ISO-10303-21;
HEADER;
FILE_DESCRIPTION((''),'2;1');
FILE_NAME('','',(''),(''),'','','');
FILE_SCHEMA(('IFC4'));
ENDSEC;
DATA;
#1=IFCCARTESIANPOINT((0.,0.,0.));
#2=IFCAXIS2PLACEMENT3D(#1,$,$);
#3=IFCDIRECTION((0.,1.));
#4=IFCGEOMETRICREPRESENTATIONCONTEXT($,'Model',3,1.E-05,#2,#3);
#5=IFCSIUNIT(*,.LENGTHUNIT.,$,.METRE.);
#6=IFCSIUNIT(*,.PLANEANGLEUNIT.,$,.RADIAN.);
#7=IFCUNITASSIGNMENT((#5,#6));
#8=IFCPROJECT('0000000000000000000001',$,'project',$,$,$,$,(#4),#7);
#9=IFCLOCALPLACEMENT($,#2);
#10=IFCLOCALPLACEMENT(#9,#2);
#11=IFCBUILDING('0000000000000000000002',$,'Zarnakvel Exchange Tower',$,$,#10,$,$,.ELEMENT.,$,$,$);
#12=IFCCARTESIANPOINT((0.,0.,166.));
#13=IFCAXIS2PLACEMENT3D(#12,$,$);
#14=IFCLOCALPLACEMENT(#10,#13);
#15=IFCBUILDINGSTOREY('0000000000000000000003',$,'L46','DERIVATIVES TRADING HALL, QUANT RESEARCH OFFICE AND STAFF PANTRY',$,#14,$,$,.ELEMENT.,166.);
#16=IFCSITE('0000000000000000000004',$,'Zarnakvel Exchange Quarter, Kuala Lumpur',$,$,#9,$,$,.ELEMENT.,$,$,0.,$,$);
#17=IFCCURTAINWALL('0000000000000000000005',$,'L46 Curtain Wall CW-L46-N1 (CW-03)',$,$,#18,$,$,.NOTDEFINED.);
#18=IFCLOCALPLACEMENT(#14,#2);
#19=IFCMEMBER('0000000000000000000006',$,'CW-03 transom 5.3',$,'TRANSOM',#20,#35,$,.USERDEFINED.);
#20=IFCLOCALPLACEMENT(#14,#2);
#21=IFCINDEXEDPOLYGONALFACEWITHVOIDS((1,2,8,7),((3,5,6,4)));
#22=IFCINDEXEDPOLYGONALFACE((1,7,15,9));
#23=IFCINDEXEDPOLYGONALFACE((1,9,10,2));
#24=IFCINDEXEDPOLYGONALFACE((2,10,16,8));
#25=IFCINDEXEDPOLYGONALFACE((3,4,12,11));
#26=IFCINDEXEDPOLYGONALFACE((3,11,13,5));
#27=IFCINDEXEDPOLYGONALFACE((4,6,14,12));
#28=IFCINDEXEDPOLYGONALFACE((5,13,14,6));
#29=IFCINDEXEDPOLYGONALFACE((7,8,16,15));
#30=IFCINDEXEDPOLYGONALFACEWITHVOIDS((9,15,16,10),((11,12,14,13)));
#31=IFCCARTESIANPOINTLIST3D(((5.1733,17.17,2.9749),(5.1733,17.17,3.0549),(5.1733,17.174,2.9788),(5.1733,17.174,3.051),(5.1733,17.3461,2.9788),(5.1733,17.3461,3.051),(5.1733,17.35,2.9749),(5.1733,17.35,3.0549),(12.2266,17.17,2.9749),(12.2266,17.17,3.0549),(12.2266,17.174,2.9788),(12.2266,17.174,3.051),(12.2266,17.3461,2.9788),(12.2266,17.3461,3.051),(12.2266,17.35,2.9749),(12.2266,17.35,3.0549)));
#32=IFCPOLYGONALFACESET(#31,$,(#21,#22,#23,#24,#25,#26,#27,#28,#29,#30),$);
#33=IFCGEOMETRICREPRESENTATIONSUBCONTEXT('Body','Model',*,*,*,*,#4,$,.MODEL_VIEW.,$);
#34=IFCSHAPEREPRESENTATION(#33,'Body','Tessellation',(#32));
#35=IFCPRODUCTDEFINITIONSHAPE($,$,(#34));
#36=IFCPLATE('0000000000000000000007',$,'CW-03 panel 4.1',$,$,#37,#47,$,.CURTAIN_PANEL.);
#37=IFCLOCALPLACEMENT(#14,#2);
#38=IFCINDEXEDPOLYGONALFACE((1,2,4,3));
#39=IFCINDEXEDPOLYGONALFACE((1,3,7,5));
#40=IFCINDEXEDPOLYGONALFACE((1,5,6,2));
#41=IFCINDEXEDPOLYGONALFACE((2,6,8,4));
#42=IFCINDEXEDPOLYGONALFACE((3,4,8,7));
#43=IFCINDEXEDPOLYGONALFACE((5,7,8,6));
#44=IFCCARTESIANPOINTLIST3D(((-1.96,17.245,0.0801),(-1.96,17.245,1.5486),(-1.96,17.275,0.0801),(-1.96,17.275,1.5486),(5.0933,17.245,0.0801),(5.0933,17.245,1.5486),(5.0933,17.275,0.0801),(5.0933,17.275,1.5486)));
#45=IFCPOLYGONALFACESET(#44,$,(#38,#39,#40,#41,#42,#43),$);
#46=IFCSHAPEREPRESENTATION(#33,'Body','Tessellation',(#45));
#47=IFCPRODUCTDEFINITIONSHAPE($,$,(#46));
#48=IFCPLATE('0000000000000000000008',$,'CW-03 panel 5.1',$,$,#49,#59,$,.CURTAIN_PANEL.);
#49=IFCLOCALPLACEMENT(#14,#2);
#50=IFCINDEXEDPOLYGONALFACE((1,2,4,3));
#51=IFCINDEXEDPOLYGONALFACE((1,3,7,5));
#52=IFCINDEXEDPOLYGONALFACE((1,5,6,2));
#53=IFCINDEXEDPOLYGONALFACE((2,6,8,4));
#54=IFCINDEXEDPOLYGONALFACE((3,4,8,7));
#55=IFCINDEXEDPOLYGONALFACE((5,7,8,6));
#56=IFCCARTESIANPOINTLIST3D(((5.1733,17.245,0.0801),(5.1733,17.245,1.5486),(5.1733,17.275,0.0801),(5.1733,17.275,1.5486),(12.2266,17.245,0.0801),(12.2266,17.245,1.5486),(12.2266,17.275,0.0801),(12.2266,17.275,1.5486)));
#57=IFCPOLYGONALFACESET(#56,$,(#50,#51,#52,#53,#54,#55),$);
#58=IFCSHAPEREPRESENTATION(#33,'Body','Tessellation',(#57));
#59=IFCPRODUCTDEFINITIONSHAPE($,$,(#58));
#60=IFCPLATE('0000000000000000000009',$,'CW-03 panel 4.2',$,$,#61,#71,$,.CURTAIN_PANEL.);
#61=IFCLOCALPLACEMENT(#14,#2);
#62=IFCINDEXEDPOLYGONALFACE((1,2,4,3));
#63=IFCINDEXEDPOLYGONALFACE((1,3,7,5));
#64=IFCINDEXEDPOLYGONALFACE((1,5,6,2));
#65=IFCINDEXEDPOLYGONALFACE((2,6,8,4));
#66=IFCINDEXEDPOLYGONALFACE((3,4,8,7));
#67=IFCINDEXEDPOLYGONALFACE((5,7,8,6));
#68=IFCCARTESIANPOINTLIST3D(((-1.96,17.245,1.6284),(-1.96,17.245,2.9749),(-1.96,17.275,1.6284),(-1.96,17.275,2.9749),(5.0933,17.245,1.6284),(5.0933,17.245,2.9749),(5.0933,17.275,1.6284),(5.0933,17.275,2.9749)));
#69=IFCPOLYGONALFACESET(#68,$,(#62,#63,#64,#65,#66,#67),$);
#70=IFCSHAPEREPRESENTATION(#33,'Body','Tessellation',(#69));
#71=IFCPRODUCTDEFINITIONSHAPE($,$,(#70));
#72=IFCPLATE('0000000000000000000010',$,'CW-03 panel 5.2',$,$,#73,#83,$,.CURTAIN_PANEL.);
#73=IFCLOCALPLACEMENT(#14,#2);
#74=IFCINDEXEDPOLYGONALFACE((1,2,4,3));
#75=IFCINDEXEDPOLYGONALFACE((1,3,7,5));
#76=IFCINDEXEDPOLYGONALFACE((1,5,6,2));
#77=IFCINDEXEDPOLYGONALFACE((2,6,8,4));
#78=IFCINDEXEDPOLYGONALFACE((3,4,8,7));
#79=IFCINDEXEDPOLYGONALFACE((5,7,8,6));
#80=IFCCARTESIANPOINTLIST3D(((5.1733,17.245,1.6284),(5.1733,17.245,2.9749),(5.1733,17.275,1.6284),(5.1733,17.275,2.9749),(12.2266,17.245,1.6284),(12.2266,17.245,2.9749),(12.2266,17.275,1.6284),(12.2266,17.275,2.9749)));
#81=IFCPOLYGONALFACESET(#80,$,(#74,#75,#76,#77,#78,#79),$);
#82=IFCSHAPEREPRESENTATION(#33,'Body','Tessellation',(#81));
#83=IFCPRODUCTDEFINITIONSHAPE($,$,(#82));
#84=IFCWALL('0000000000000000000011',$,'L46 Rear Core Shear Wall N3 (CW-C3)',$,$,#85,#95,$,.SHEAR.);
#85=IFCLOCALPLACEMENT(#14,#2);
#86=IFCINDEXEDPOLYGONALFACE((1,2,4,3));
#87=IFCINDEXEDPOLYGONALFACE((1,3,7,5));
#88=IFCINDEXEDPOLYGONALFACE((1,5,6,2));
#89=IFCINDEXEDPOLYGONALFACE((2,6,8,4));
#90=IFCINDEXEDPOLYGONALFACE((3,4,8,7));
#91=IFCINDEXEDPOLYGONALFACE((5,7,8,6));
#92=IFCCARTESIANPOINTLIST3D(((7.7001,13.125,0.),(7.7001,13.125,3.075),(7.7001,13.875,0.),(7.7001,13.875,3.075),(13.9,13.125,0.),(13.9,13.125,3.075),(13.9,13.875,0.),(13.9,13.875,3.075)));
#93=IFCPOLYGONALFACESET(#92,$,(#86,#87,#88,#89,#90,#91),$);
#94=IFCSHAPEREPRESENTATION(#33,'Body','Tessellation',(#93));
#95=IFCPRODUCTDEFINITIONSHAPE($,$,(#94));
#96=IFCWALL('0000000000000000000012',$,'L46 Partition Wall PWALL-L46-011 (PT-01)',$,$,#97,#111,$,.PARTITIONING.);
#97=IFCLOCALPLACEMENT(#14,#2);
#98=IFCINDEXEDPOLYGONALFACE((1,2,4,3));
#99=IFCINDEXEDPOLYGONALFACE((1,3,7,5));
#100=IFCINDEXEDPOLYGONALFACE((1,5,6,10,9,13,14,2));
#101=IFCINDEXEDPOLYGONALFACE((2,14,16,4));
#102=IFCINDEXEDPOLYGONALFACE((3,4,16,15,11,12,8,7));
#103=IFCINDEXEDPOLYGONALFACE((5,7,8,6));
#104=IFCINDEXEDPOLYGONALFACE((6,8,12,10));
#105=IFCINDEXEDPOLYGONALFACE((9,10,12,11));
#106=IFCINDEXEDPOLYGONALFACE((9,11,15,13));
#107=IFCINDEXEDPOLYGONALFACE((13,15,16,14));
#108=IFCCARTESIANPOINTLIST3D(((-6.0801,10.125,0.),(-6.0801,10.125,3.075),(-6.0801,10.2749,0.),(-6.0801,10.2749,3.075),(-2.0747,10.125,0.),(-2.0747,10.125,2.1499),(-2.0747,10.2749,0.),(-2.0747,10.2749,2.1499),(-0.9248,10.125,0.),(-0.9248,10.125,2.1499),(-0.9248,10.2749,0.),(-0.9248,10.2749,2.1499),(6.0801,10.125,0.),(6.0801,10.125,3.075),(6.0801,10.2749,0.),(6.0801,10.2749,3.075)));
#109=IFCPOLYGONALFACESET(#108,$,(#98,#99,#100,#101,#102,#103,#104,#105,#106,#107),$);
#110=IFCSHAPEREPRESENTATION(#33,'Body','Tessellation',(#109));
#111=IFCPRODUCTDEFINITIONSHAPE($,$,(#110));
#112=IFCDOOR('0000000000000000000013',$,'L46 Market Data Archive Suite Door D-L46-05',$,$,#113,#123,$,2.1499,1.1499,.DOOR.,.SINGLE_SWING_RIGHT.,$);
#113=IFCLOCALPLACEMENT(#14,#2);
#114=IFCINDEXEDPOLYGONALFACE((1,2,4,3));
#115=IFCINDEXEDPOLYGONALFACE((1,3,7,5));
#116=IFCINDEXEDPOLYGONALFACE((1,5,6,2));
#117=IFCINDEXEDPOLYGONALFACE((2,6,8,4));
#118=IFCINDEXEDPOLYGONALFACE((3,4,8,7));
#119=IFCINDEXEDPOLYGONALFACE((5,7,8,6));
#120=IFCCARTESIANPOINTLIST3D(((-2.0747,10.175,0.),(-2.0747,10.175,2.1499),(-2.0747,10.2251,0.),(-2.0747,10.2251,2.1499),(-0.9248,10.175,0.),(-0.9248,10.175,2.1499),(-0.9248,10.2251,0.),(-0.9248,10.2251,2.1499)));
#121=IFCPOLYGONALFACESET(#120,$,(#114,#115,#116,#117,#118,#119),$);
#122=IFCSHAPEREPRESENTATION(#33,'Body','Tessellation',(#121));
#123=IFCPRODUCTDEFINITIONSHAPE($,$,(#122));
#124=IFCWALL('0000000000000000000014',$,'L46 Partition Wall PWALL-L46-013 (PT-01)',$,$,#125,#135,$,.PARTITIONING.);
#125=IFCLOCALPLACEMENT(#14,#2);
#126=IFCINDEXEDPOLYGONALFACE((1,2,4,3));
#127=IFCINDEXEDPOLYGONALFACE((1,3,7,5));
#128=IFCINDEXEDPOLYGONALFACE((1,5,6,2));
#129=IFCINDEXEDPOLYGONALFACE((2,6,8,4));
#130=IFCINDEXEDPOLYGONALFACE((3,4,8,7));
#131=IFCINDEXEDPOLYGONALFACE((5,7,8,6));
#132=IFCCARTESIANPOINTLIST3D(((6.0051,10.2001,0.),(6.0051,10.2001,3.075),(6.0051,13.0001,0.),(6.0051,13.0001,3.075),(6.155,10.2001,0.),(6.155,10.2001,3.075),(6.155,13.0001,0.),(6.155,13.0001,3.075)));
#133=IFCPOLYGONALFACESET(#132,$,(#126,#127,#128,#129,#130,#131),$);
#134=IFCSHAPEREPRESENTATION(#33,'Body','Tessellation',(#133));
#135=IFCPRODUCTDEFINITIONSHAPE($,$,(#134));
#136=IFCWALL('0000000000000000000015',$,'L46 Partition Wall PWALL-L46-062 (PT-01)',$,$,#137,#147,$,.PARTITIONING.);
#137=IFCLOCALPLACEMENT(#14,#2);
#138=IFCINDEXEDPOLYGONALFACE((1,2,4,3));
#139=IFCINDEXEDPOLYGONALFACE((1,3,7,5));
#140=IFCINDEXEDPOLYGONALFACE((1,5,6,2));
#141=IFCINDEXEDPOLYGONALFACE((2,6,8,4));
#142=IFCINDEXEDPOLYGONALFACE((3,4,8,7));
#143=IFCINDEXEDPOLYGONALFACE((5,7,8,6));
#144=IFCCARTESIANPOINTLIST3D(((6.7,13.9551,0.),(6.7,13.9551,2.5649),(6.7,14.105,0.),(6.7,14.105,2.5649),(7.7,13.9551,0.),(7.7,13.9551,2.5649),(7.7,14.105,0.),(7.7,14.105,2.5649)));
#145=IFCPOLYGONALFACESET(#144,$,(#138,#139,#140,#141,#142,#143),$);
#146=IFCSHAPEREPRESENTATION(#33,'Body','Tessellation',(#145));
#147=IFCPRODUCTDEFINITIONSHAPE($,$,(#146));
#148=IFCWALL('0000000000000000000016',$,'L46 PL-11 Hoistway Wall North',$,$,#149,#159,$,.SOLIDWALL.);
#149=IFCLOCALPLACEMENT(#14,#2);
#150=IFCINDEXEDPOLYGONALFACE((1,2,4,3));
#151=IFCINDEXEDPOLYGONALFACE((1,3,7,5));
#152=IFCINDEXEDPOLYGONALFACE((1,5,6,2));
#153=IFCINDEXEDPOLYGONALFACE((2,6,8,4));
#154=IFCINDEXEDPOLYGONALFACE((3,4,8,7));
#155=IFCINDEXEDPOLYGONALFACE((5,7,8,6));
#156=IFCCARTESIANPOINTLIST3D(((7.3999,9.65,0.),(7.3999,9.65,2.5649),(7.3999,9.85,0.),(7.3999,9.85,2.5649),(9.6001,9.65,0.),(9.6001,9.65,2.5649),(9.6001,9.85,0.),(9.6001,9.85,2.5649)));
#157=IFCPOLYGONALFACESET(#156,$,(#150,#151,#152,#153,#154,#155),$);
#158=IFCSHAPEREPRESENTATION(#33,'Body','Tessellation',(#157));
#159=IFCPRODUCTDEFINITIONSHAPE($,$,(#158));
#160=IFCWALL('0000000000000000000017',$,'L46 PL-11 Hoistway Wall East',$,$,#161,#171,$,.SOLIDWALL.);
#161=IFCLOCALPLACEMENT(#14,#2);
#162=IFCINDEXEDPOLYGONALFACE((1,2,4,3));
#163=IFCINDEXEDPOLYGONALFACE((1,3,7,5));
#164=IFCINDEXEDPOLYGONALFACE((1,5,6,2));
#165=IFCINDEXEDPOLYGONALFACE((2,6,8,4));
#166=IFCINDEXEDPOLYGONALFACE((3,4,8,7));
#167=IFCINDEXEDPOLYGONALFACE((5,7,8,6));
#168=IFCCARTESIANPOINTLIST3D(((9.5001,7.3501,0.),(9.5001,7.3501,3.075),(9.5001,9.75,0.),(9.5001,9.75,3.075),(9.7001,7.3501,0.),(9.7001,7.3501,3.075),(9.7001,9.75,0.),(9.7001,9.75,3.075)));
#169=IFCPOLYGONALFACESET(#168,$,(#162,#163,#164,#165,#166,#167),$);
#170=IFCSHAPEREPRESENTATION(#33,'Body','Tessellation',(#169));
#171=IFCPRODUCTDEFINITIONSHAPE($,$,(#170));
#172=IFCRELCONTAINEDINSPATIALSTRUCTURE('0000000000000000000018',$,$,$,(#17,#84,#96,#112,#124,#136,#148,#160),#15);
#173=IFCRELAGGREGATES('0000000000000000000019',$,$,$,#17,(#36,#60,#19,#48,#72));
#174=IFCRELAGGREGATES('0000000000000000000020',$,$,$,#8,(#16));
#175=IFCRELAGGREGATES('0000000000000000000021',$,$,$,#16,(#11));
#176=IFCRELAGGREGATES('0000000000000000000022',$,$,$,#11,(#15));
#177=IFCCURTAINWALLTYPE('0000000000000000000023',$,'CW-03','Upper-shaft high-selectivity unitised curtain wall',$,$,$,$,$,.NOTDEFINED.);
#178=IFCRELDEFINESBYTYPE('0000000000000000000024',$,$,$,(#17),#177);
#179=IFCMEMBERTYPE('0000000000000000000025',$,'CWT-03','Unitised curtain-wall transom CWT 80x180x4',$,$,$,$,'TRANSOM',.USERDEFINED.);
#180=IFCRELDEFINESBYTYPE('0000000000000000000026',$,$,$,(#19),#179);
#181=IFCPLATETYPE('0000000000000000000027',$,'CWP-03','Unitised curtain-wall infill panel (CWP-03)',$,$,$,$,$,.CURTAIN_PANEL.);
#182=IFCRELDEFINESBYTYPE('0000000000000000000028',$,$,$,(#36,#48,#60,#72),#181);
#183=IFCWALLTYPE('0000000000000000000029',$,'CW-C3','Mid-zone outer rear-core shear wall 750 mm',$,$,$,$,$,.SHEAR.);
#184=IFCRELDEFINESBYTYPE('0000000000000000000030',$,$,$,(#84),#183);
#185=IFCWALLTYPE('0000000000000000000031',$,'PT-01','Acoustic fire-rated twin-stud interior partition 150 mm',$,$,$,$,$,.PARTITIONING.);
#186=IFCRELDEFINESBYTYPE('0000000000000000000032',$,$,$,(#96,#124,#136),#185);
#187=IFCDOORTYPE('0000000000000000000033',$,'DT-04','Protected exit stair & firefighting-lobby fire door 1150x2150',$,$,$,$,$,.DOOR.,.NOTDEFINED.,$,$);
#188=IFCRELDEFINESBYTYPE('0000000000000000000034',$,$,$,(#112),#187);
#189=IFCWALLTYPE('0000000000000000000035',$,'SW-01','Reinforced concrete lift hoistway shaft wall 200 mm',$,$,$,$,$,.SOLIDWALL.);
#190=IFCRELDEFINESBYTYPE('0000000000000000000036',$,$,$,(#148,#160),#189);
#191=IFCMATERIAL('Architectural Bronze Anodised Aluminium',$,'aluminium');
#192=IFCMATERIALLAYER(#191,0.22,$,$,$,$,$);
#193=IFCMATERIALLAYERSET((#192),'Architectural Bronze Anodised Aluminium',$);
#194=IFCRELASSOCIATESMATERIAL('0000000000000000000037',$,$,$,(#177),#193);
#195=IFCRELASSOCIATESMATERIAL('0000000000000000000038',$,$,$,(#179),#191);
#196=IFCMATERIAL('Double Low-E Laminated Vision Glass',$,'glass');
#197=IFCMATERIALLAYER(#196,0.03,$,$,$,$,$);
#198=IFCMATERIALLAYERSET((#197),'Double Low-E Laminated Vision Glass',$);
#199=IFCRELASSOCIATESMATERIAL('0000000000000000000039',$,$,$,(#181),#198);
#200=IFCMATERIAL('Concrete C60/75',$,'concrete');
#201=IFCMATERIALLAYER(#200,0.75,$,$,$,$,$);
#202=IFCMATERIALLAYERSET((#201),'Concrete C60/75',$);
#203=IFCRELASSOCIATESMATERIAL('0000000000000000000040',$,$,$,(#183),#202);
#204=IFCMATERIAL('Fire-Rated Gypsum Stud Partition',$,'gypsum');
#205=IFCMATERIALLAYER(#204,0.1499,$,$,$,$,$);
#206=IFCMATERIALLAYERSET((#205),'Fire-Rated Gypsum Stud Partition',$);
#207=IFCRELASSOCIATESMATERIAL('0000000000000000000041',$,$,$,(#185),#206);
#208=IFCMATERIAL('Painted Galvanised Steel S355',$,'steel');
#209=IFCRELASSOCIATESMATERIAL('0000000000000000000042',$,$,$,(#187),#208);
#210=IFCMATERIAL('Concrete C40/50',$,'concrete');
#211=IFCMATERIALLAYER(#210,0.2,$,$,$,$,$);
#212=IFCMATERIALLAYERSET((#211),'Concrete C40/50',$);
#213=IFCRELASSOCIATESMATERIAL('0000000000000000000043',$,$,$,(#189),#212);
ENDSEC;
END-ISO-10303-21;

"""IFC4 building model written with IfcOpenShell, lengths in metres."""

from ifc_helpers import new_model, si_unit, direction, frame, frame_2d, origin, origin_2d, place, context, subcontext, project, spatial, rectangle, hollow_rectangle, extrude, source, transform, mapped, material, layer, layer_set, material_profile, profile_set, type_object, element, fill, aggregate, save


model = new_model("IFC4")

# Units and contexts
model_context = context("Model", 3, precision=1e-05, world=origin(), true_north=direction((0.0, 1.0)))
body_context = subcontext(model_context, "Body", "Model", "MODEL_VIEW")
ifc_project = project(units=[si_unit("LENGTHUNIT", "METRE"), si_unit("PLANEANGLEUNIT", "RADIAN")], contexts=[model_context])

# Site, building, storey
site_placement = place(None, origin())
site = spatial("IfcSite", under=ifc_project, at=site_placement, Name="Zarnakvel Exchange Quarter, Kuala Lumpur", CompositionType="ELEMENT", RefElevation=0.0)
building_placement = place(site_placement, origin())
building = spatial("IfcBuilding", under=site, at=building_placement, Name="Zarnakvel Exchange Tower", CompositionType="ELEMENT")
storey_placement = place(building_placement, frame((0.0, 0.0, 166.0)))
storey = spatial("IfcBuildingStorey", under=building, at=storey_placement, Name="L46", Description="DERIVATIVES TRADING HALL, QUANT RESEARCH OFFICE AND STAFF PANTRY", CompositionType="ELEMENT", Elevation=166.0)

# Shared definitions
ifc_material_1 = material(Name="Concrete C60/75", Category="concrete")

# Curtain wall, member, plates
ifc_material_2 = material(Name="Architectural Bronze Anodised Aluminium", Category="aluminium")
ifc_layer_1 = layer(ifc_material_2, 0.22)
ifc_layer_set_1 = layer_set([ifc_layer_1], Name="Architectural Bronze Anodised Aluminium")
curtain_wall_type = type_object("IfcCurtainWallType", Name="CW-03", Description="Upper-shaft high-selectivity unitised curtain wall", PredefinedType="NOTDEFINED", material=ifc_layer_set_1)
curtain_wall_placement = place(storey_placement, origin())
curtain_wall = element("IfcCurtainWall", 1, at=curtain_wall_placement, inside=storey, type_object=curtain_wall_type, Name="L46 Curtain Wall CW-L46-N1 (CW-03)", PredefinedType="NOTDEFINED")
ifc_material_profile_1 = material_profile(ifc_material_2, hollow_rectangle(XDim=0.1799, YDim=0.0801, WallThickness=0.0039, at=origin_2d()))
ifc_profile_set_1 = profile_set([ifc_material_profile_1], Name="Architectural Bronze Anodised Aluminium")
member_type_1 = type_object("IfcMemberType", Name="CWT-03", Description="Unitised curtain-wall transom CWT 80x180x4", ElementType="TRANSOM", PredefinedType="USERDEFINED", material=ifc_profile_set_1)
shared_shape_1 = source(origin(), body_context, "Body", "SweptSolid", [
    extrude(hollow_rectangle(XDim=0.1799, YDim=0.0801, WallThickness=0.0039, at=origin_2d()), origin(), (0.0, 0.0, 1.0), 7.0532),
])
member_1_placement = place(storey_placement, frame((5.1733, 17.26, 3.0149), z_axis=(1.0, 0.0, 0.0), x_axis=(0.0, 1.0, 0.0)))
member_1 = element("IfcMember", 2, at=member_1_placement, type_object=member_type_1, Name="CW-03 transom 5.3", ObjectType="TRANSOM", PredefinedType="USERDEFINED", context=body_context, shape_type="MappedRepresentation", body=[
    mapped(shared_shape_1, transform((0.0, 0.0, 0.0), x_axis=(1.0, 0.0, 0.0), y_axis=(0.0, 1.0, 0.0), z_axis=(0.0, 0.0, 1.0), scale=1.0)),
])
ifc_material_3 = material(Name="Double Low-E Laminated Vision Glass", Category="glass")
ifc_layer_2 = layer(ifc_material_3, 0.03)
ifc_layer_set_2 = layer_set([ifc_layer_2], Name="Double Low-E Laminated Vision Glass")
plate_type = type_object("IfcPlateType", Name="CWP-03", Description="Unitised curtain-wall infill panel (CWP-03)", PredefinedType="CURTAIN_PANEL", material=ifc_layer_set_2)
shared_shape_2 = source(origin(), body_context, "Body", "SweptSolid", [
    extrude(rectangle(XDim=7.0532, YDim=0.03, at=origin_2d()), origin(), (0.0, 0.0, 1.0), 1.4685),
])
plate_1_placement = place(storey_placement, frame((1.5667, 17.26, 0.0801), z_axis=(0.0, 0.0, 1.0), x_axis=(1.0, 0.0, 0.0)))
plate_1 = element("IfcPlate", 3, at=plate_1_placement, type_object=plate_type, Name="CW-03 panel 4.1", PredefinedType="CURTAIN_PANEL", context=body_context, shape_type="MappedRepresentation", body=[
    mapped(shared_shape_2, transform((0.0, 0.0, 0.0), x_axis=(1.0, 0.0, 0.0), y_axis=(0.0, 1.0, 0.0), z_axis=(0.0, 0.0, 1.0), scale=1.0)),
])
plate_2_placement = place(storey_placement, frame((8.7, 17.26, 0.0801), z_axis=(0.0, 0.0, 1.0), x_axis=(1.0, 0.0, 0.0)))
plate_2 = element("IfcPlate", 4, at=plate_2_placement, type_object=plate_type, Name="CW-03 panel 5.1", PredefinedType="CURTAIN_PANEL", context=body_context, shape_type="MappedRepresentation", body=[
    mapped(shared_shape_2, transform((0.0, 0.0, 0.0), x_axis=(1.0, 0.0, 0.0), y_axis=(0.0, 1.0, 0.0), z_axis=(0.0, 0.0, 1.0), scale=1.0)),
])
shared_shape_3 = source(origin(), body_context, "Body", "SweptSolid", [
    extrude(rectangle(XDim=7.0532, YDim=0.03, at=origin_2d()), origin(), (0.0, 0.0, 1.0), 1.3464),
])
plate_3_placement = place(storey_placement, frame((1.5667, 17.26, 1.6284), z_axis=(0.0, 0.0, 1.0), x_axis=(1.0, 0.0, 0.0)))
plate_3 = element("IfcPlate", 5, at=plate_3_placement, type_object=plate_type, Name="CW-03 panel 4.2", PredefinedType="CURTAIN_PANEL", context=body_context, shape_type="MappedRepresentation", body=[
    mapped(shared_shape_3, transform((0.0, 0.0, 0.0), x_axis=(1.0, 0.0, 0.0), y_axis=(0.0, 1.0, 0.0), z_axis=(0.0, 0.0, 1.0), scale=1.0)),
])
plate_4_placement = place(storey_placement, frame((8.7, 17.26, 1.6284), z_axis=(0.0, 0.0, 1.0), x_axis=(1.0, 0.0, 0.0)))
plate_4 = element("IfcPlate", 6, at=plate_4_placement, type_object=plate_type, Name="CW-03 panel 5.2", PredefinedType="CURTAIN_PANEL", context=body_context, shape_type="MappedRepresentation", body=[
    mapped(shared_shape_3, transform((0.0, 0.0, 0.0), x_axis=(1.0, 0.0, 0.0), y_axis=(0.0, 1.0, 0.0), z_axis=(0.0, 0.0, 1.0), scale=1.0)),
])
aggregate(curtain_wall, [plate_1, plate_3, member_1, plate_2, plate_4])

# Wall
ifc_layer_3 = layer(ifc_material_1, 0.75)
ifc_layer_set_3 = layer_set([ifc_layer_3], Name="Concrete C60/75")
wall_type_1 = type_object("IfcWallType", Name="CW-C3", Description="Mid-zone outer rear-core shear wall 750 mm", PredefinedType="SHEAR", material=ifc_layer_set_3)
wall_1_placement = place(storey_placement, frame((7.7, 13.5, 0.0), z_axis=(0.0, 0.0, 1.0), x_axis=(1.0, 0.0, 0.0)))
element("IfcWall", 7, at=wall_1_placement, inside=storey, type_object=wall_type_1, Name="L46 Rear Core Shear Wall N3 (CW-C3)", PredefinedType="SHEAR", context=body_context, shape_type="SweptSolid", body=[
    extrude(rectangle(XDim=6.2, YDim=0.75, at=frame_2d((3.1001, 0.0))), origin(), (0.0, 0.0, 1.0), 3.075),
])

# Wall, opening, door
ifc_material_4 = material(Name="Fire-Rated Gypsum Stud Partition", Category="gypsum")
ifc_layer_4 = layer(ifc_material_4, 0.1499)
ifc_layer_set_4 = layer_set([ifc_layer_4], Name="Fire-Rated Gypsum Stud Partition")
wall_type_2 = type_object("IfcWallType", Name="PT-01", Description="Acoustic fire-rated twin-stud interior partition 150 mm", PredefinedType="PARTITIONING", material=ifc_layer_set_4)
wall_2_placement = place(storey_placement, frame((6.0801, 10.2, 0.0), z_axis=(0.0, 0.0, 1.0), x_axis=(-1.0, 0.0, 0.0)))
wall_2 = element("IfcWall", 8, at=wall_2_placement, inside=storey, type_object=wall_type_2, Name="L46 Partition Wall PWALL-L46-011 (PT-01)", PredefinedType="PARTITIONING", context=body_context, shape_type="SweptSolid", body=[
    extrude(rectangle(XDim=12.1602, YDim=0.1499, at=frame_2d((6.0801, 0.0))), origin(), (0.0, 0.0, 1.0), 3.075),
])
opening_placement = place(wall_2_placement, frame((7.0049, 0.0, 0.0)))
opening = element("IfcOpeningElement", 9, at=opening_placement, cuts=wall_2, PredefinedType="OPENING", context=body_context, shape_type="SweptSolid", body=[
    extrude(rectangle(XDim=1.1499, YDim=2.1499, at=frame_2d((0.575, 1.075))), frame((0.0, 0.085, 0.0), z_axis=(0.0, -1.0, 0.0), x_axis=(1.0, 0.0, 0.0)), (0.0, 0.0, 1.0), 0.1699),
])
ifc_material_5 = material(Name="Painted Galvanised Steel S355", Category="steel")
door_type = type_object("IfcDoorType", Name="DT-04", Description="Protected exit stair & firefighting-lobby fire door 1150x2150", OperationType="NOTDEFINED", PredefinedType="DOOR", material=ifc_material_5)
shared_shape_4 = source(origin(), body_context, "Body", "SweptSolid", [
    extrude(rectangle(XDim=1.1499, YDim=2.1499, at=frame_2d((0.575, 1.075))), frame((0.0, 0.0249, 0.0), z_axis=(0.0, -1.0, 0.0), x_axis=(1.0, 0.0, 0.0)), (0.0, 0.0, 1.0), 0.05),
])
door_placement = place(opening_placement, origin())
door = element("IfcDoor", 10, at=door_placement, inside=storey, type_object=door_type, Name="L46 Market Data Archive Suite Door D-L46-05", OperationType="SINGLE_SWING_RIGHT", OverallHeight=2.1499, OverallWidth=1.1499, PredefinedType="DOOR", context=body_context, shape_type="MappedRepresentation", body=[
    mapped(shared_shape_4, transform((0.0, 0.0, 0.0), x_axis=(1.0, 0.0, 0.0), y_axis=(0.0, 1.0, 0.0), z_axis=(0.0, 0.0, 1.0), scale=1.0)),
])
fill(opening, door)

# Walls
wall_3_placement = place(storey_placement, frame((6.0801, 13.0, 0.0), z_axis=(0.0, 0.0, 1.0), x_axis=(0.0, -1.0, 0.0)))
element("IfcWall", 11, at=wall_3_placement, inside=storey, type_object=wall_type_2, Name="L46 Partition Wall PWALL-L46-013 (PT-01)", PredefinedType="PARTITIONING", context=body_context, shape_type="SweptSolid", body=[
    extrude(rectangle(XDim=2.8, YDim=0.1499, at=frame_2d((1.3999, 0.0))), origin(), (0.0, 0.0, 1.0), 3.075),
])
wall_4_placement = place(storey_placement, frame((7.7, 14.03, 0.0), z_axis=(0.0, 0.0, 1.0), x_axis=(-1.0, 0.0, 0.0)))
element("IfcWall", 12, at=wall_4_placement, inside=storey, type_object=wall_type_2, Name="L46 Partition Wall PWALL-L46-062 (PT-01)", PredefinedType="PARTITIONING", context=body_context, shape_type="SweptSolid", body=[
    extrude(rectangle(XDim=1.0, YDim=0.1499, at=frame_2d((0.5, 0.0))), origin(), (0.0, 0.0, 1.0), 2.5649),
])
ifc_material_6 = material(Name="Concrete C40/50", Category="concrete")
ifc_layer_5 = layer(ifc_material_6, 0.2)
ifc_layer_set_5 = layer_set([ifc_layer_5], Name="Concrete C40/50")
wall_type_3 = type_object("IfcWallType", Name="SW-01", Description="Reinforced concrete lift hoistway shaft wall 200 mm", PredefinedType="SOLIDWALL", material=ifc_layer_set_5)
wall_5_placement = place(storey_placement, frame((7.3999, 9.75, 0.0), z_axis=(0.0, 0.0, 1.0), x_axis=(1.0, 0.0, 0.0)))
element("IfcWall", 13, at=wall_5_placement, inside=storey, type_object=wall_type_3, Name="L46 PL-11 Hoistway Wall North", PredefinedType="SOLIDWALL", context=body_context, shape_type="SweptSolid", body=[
    extrude(rectangle(XDim=2.2002, YDim=0.2, at=frame_2d((1.1001, 0.0))), origin(), (0.0, 0.0, 1.0), 2.5649),
])
wall_6_placement = place(storey_placement, frame((9.6001, 9.75, 0.0), z_axis=(0.0, 0.0, 1.0), x_axis=(0.0, -1.0, 0.0)))
element("IfcWall", 14, at=wall_6_placement, inside=storey, type_object=wall_type_3, Name="L46 PL-11 Hoistway Wall East", PredefinedType="SOLIDWALL", context=body_context, shape_type="SweptSolid", body=[
    extrude(rectangle(XDim=2.3999, YDim=0.2, at=frame_2d((1.2, 0.0))), origin(), (0.0, 0.0, 1.0), 3.075),
])

save(model, "model.ifc")
